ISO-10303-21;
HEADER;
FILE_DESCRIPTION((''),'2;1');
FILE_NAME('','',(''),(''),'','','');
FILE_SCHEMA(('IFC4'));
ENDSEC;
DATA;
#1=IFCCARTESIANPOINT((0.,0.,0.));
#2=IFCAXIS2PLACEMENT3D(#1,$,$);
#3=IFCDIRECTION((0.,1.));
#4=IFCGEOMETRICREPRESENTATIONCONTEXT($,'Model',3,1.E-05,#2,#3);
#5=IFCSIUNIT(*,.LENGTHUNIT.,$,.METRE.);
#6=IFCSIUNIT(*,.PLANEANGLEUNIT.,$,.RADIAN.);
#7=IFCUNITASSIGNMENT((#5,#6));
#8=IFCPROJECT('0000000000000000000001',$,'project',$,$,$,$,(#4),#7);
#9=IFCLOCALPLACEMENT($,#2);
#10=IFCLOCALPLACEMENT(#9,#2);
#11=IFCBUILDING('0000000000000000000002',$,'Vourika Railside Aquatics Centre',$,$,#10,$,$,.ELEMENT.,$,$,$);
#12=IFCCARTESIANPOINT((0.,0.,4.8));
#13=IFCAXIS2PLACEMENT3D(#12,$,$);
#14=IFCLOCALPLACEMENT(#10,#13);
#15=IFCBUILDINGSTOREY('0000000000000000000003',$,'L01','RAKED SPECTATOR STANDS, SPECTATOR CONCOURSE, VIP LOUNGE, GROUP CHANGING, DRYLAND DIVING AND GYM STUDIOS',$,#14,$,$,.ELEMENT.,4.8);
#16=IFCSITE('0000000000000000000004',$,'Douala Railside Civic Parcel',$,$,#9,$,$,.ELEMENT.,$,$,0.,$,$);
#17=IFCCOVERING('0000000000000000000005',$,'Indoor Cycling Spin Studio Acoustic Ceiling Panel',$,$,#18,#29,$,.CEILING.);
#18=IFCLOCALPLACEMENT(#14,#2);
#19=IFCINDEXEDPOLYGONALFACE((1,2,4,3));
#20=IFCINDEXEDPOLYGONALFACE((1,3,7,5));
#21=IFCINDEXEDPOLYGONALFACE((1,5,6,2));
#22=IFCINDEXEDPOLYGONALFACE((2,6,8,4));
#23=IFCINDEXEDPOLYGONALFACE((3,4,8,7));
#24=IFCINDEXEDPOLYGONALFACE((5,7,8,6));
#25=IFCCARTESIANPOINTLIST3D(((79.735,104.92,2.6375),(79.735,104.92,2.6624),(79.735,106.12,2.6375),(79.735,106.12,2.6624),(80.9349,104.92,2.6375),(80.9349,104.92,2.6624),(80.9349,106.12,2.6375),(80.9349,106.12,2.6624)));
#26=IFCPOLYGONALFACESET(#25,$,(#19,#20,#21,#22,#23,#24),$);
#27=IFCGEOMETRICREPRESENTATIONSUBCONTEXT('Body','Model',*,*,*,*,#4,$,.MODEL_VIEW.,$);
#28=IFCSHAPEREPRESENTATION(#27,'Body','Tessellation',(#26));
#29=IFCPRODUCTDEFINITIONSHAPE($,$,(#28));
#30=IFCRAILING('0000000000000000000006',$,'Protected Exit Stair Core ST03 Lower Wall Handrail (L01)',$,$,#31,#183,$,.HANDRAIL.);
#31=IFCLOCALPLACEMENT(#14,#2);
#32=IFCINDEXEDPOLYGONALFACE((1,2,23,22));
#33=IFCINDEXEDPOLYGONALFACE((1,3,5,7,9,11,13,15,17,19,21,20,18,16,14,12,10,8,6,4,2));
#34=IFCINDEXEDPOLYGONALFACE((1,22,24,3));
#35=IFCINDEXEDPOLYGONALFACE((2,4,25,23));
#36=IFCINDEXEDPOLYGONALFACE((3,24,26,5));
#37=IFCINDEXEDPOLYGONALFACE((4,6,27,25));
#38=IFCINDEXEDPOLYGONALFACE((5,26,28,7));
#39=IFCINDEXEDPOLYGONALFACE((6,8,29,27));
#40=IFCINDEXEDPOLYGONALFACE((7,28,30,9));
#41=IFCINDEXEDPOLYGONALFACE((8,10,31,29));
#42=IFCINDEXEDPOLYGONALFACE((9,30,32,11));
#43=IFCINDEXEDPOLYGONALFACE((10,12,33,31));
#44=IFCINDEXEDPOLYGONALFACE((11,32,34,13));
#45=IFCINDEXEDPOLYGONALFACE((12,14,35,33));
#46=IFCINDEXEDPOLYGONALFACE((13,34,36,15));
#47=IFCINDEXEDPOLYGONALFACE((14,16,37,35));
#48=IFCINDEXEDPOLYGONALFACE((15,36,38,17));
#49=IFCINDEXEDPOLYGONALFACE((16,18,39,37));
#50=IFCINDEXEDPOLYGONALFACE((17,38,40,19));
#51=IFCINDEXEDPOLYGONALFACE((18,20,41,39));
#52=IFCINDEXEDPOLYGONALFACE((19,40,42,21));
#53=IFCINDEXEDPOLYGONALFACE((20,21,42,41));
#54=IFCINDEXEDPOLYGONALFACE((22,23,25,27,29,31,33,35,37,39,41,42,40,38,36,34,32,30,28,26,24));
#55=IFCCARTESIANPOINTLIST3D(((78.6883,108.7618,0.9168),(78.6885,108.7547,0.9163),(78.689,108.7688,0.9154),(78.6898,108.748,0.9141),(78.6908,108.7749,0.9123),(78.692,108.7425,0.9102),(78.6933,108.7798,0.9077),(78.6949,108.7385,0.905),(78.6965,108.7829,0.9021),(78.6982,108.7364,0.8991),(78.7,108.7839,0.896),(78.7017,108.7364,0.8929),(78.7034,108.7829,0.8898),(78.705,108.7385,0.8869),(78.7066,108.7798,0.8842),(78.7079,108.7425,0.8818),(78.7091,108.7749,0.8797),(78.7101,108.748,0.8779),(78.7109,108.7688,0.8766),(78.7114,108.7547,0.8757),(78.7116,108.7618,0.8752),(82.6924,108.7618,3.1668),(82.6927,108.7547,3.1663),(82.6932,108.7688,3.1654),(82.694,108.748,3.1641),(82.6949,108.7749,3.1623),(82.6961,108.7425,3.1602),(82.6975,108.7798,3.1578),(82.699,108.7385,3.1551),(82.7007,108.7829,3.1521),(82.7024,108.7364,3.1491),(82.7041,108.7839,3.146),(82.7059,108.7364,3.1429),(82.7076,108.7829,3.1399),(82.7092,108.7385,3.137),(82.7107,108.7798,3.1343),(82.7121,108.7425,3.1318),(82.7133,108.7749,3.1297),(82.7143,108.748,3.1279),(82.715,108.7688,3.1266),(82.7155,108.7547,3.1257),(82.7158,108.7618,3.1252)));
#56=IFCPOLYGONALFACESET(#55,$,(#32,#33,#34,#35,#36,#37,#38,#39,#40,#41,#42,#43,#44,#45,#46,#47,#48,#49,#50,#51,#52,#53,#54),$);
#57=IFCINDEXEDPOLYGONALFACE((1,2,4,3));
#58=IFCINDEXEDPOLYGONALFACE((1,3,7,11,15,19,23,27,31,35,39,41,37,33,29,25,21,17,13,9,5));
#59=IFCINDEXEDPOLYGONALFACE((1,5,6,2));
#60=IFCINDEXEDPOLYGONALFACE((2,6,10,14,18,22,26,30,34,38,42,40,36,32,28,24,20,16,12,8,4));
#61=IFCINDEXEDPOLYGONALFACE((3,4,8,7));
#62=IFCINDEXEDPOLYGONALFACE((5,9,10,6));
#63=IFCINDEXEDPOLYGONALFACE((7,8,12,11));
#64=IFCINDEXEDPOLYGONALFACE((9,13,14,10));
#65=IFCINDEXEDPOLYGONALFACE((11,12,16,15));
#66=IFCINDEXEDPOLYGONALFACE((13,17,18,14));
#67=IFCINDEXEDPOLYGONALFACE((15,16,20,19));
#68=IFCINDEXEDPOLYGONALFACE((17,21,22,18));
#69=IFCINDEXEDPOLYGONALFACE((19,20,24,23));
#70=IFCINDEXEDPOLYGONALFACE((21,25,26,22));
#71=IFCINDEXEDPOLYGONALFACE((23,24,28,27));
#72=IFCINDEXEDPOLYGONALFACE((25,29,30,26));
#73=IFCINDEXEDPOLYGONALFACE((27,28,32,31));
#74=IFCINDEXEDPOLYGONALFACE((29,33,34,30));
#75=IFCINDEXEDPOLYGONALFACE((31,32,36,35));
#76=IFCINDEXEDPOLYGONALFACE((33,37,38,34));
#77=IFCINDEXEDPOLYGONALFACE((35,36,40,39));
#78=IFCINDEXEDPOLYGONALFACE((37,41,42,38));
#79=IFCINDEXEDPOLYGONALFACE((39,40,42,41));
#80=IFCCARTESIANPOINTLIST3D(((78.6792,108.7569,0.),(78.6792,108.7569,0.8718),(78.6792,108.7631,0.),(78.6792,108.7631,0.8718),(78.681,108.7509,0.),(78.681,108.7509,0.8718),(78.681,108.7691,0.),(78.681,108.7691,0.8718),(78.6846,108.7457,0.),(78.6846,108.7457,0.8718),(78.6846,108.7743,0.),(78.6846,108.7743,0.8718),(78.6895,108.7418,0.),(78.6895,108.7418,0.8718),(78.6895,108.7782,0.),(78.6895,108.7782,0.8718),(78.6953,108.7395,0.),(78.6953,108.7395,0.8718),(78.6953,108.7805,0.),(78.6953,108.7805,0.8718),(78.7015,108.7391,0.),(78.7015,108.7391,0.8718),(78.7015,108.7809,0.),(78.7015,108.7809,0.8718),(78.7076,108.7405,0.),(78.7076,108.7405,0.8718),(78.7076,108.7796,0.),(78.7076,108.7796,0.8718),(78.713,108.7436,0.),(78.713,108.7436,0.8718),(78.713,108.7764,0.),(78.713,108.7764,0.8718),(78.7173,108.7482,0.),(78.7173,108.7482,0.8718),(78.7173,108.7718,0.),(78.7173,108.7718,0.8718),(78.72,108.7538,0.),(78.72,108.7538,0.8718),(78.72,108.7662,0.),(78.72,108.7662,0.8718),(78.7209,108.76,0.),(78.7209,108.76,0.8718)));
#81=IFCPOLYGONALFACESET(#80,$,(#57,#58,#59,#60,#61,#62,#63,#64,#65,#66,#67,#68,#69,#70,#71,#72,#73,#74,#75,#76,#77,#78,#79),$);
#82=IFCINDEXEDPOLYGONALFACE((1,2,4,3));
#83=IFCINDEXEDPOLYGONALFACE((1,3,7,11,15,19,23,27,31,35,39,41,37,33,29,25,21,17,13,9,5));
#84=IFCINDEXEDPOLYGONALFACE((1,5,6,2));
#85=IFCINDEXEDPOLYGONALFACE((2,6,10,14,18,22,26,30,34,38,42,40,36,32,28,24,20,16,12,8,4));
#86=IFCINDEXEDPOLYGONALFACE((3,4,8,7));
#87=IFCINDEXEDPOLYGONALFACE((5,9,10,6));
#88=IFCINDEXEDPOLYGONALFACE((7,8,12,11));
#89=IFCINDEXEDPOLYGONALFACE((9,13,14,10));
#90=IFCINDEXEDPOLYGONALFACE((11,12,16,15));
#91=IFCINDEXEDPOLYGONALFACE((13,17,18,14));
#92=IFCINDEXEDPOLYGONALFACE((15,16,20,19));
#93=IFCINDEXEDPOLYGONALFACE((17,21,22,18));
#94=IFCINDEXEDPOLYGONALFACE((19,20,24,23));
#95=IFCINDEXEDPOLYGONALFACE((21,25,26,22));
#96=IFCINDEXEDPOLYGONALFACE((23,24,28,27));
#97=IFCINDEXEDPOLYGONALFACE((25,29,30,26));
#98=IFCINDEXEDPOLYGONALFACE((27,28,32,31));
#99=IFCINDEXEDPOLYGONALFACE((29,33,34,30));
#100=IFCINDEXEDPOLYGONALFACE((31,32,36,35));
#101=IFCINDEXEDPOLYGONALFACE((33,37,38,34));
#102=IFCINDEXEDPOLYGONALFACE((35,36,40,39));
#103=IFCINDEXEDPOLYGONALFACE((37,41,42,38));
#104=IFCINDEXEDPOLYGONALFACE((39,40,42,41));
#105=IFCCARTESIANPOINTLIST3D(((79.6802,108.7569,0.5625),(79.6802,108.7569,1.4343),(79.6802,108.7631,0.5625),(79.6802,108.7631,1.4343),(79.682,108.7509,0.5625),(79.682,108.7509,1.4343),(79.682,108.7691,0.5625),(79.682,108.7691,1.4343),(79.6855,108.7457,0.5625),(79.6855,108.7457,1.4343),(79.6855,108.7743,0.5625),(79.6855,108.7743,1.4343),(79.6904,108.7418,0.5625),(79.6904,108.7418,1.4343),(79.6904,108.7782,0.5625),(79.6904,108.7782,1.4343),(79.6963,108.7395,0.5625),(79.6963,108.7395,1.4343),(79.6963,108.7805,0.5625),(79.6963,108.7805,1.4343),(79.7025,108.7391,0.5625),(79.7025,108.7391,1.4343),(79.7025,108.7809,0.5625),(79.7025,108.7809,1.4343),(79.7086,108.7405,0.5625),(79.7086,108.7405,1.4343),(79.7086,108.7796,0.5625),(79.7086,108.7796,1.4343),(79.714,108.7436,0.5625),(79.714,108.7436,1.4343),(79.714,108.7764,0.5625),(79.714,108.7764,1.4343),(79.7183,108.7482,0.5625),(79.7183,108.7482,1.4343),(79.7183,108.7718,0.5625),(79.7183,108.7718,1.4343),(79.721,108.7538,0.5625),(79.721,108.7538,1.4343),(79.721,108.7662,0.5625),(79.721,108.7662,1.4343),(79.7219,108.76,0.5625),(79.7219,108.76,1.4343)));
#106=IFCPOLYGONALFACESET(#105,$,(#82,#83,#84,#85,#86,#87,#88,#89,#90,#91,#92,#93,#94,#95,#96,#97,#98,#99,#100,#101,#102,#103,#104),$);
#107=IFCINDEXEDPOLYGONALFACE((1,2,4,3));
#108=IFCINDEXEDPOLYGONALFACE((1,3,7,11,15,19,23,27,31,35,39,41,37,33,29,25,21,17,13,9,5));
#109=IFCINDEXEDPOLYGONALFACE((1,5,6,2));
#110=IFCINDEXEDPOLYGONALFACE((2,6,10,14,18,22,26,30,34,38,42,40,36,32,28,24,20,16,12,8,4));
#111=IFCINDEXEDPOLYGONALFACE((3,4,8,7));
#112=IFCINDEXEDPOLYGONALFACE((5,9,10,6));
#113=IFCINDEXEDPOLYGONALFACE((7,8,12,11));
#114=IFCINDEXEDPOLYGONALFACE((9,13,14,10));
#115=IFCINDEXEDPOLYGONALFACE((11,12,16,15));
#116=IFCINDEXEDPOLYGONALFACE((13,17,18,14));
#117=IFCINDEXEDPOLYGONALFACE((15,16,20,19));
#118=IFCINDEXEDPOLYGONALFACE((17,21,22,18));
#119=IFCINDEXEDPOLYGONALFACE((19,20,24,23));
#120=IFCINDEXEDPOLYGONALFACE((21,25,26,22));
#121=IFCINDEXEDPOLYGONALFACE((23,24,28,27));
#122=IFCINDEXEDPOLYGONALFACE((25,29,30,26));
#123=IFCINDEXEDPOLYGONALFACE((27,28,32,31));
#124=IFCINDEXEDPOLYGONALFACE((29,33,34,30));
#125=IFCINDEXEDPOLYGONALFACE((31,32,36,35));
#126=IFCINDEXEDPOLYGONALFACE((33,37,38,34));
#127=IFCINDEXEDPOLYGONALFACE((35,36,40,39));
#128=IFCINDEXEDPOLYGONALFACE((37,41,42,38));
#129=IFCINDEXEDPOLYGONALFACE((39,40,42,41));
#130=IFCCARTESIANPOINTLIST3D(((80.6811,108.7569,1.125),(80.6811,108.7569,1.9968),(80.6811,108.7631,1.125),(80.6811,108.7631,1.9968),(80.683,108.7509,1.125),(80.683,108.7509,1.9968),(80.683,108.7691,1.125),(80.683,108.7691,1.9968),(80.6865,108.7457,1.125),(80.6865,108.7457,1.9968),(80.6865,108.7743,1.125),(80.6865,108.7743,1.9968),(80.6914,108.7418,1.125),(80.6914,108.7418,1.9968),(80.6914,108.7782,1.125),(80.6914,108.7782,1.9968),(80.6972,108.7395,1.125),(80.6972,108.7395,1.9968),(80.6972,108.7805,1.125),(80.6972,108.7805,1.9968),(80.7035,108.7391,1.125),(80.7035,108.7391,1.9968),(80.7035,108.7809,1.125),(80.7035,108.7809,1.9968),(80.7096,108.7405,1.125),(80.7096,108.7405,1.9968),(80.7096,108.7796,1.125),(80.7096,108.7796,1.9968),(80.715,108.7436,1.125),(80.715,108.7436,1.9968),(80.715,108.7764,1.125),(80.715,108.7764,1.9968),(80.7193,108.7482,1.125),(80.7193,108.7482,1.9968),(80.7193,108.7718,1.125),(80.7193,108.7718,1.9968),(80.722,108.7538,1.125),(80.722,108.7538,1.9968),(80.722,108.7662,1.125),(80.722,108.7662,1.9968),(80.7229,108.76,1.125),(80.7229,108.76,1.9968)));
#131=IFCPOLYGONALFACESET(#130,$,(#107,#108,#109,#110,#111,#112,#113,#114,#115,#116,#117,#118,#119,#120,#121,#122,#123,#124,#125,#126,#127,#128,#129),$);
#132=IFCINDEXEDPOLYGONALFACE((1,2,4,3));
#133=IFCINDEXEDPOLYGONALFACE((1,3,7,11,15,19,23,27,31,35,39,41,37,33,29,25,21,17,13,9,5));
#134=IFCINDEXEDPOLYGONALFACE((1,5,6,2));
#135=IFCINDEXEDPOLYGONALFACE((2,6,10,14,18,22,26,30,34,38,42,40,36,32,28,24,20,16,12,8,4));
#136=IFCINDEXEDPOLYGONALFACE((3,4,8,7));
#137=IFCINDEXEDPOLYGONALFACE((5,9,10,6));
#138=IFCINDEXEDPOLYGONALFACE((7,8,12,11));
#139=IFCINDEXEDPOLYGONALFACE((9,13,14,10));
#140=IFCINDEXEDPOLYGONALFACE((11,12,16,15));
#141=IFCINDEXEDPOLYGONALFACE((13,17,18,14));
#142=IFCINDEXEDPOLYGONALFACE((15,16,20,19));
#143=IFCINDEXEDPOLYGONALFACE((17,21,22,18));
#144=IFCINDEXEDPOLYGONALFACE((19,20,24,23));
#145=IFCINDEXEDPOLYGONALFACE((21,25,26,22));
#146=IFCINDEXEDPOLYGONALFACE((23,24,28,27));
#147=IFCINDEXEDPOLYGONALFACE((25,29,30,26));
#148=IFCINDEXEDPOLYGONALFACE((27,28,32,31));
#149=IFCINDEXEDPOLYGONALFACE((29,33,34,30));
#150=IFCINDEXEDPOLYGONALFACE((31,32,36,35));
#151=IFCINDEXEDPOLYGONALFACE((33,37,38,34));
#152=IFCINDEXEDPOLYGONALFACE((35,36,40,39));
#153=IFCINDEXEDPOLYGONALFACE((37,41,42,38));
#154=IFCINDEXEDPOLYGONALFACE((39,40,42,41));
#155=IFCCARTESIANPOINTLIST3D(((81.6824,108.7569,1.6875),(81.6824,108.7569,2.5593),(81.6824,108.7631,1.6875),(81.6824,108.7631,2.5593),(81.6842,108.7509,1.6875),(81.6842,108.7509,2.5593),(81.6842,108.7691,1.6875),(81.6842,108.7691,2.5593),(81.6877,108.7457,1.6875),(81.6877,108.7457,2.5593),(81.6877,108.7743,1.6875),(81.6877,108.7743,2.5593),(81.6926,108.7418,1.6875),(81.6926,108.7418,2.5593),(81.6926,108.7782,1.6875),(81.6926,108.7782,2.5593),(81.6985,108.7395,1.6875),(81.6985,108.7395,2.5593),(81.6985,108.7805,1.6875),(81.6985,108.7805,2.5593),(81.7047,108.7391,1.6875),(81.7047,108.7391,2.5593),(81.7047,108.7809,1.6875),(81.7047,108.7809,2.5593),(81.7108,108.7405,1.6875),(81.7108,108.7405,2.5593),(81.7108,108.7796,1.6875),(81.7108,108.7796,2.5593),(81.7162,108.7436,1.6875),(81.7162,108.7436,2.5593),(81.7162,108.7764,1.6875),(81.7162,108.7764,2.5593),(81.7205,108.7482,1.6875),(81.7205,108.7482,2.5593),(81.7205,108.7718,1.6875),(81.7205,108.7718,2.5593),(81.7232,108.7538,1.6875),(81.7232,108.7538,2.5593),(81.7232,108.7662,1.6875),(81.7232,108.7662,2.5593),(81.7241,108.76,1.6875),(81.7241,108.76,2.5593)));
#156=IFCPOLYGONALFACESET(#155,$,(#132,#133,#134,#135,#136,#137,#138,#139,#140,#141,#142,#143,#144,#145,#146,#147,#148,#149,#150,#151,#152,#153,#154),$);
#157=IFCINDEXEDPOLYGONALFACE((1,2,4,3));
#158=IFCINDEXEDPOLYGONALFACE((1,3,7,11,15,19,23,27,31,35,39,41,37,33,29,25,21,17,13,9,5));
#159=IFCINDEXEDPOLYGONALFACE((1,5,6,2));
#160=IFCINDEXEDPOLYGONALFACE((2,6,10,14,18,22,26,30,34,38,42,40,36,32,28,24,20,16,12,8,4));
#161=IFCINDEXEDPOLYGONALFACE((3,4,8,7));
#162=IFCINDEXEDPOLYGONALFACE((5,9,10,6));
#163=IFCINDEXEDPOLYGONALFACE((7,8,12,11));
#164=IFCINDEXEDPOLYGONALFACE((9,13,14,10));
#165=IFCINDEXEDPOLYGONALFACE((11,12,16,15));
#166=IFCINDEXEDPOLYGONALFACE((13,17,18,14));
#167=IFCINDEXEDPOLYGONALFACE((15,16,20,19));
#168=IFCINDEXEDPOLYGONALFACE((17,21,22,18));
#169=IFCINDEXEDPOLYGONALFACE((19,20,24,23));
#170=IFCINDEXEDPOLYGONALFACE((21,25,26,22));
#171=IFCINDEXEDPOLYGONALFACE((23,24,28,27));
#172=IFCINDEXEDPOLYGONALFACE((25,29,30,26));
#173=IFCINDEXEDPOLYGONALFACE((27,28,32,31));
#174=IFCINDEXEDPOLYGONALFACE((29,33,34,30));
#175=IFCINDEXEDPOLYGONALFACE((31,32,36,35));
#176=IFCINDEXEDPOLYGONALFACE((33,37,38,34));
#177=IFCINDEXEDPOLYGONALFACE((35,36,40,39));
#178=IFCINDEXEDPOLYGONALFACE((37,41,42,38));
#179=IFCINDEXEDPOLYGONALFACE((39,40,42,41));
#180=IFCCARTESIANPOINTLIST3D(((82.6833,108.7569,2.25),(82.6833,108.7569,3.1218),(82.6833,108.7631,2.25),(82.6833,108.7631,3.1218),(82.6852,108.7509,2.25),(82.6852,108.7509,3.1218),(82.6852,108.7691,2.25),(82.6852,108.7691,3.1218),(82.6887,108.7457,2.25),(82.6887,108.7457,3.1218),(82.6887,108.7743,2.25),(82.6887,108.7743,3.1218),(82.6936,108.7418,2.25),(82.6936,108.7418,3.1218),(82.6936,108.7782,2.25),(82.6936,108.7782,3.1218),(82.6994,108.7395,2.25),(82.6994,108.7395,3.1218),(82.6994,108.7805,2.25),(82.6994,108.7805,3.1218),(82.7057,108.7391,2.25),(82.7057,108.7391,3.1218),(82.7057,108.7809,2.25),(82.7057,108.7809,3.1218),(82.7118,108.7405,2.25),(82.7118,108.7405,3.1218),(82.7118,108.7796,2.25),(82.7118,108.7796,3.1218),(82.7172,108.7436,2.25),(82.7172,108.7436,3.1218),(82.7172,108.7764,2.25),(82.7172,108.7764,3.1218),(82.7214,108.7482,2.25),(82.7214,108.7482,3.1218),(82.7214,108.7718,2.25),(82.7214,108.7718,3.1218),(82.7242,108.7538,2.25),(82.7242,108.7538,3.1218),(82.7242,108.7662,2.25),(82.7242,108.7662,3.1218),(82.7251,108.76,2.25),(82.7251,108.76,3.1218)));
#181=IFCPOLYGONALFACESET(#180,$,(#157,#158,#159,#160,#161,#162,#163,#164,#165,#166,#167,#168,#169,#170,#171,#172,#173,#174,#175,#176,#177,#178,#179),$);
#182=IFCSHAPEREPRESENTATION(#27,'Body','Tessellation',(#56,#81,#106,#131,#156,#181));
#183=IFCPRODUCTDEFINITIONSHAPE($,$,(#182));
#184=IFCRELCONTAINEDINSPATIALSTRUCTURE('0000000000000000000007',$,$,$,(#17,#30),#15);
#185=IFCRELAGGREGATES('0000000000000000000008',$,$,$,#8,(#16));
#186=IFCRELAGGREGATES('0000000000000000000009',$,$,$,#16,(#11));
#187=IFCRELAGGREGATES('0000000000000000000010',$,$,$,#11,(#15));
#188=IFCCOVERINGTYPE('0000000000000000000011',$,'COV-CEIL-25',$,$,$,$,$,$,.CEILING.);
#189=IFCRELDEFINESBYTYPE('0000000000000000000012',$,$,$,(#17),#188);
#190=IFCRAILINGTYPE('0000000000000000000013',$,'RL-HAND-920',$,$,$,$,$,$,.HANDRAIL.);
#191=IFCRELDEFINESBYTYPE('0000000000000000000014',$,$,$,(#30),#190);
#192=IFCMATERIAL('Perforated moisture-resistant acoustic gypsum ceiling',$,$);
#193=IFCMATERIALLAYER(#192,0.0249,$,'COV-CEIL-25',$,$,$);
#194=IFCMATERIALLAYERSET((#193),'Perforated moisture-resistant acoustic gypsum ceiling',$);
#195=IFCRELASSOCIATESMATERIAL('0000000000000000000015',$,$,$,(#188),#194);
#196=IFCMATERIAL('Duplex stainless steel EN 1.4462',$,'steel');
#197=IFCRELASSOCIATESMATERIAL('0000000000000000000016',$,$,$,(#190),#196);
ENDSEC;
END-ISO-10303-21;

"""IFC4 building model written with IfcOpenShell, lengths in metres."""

from ifc_helpers import new_model, si_unit, direction, frame, origin, origin_2d, place, context, subcontext, project, spatial, rectangle, circle, extrude, material, layer, layer_set, type_object, element, save


model = new_model("IFC4")

# Units and contexts
model_context = context("Model", 3, precision=1e-05, world=origin(), true_north=direction((0.0, 1.0)))
body_context = subcontext(model_context, "Body", "Model", "MODEL_VIEW")
ifc_project = project(units=[si_unit("LENGTHUNIT", "METRE"), si_unit("PLANEANGLEUNIT", "RADIAN")], contexts=[model_context])

# Site, building, storey
site_placement = place(None, origin())
site = spatial("IfcSite", under=ifc_project, at=site_placement, Name="Douala Railside Civic Parcel", CompositionType="ELEMENT", RefElevation=0.0)
building_placement = place(site_placement, origin())
building = spatial("IfcBuilding", under=site, at=building_placement, Name="Vourika Railside Aquatics Centre", CompositionType="ELEMENT")
storey_placement = place(building_placement, frame((0.0, 0.0, 4.8)))
storey = spatial("IfcBuildingStorey", under=building, at=storey_placement, Name="L01", Description="RAKED SPECTATOR STANDS, SPECTATOR CONCOURSE, VIP LOUNGE, GROUP CHANGING, DRYLAND DIVING AND GYM STUDIOS", CompositionType="ELEMENT", Elevation=4.8)

# Covering
ifc_material_1 = material(Name="Perforated moisture-resistant acoustic gypsum ceiling")
ifc_layer_1 = layer(ifc_material_1, 0.0249, Name="COV-CEIL-25")
ifc_layer_set_1 = layer_set([ifc_layer_1], Name="Perforated moisture-resistant acoustic gypsum ceiling")
covering_type = type_object("IfcCoveringType", Name="COV-CEIL-25", PredefinedType="CEILING", material=ifc_layer_set_1)
covering_placement = place(storey_placement, frame((80.335, 105.52, 2.6375), z_axis=(0.0, 0.0, 1.0), x_axis=(1.0, 0.0, 0.0)))
element("IfcCovering", 1, at=covering_placement, inside=storey, type_object=covering_type, Name="Indoor Cycling Spin Studio Acoustic Ceiling Panel", PredefinedType="CEILING", context=body_context, shape_type="SweptSolid", body=[
    extrude(rectangle(XDim=1.2, YDim=1.2, at=origin_2d()), origin(), (0.0, 0.0, 1.0), 0.0249),
])

# Railing
ifc_material_2 = material(Name="Duplex stainless steel EN 1.4462", Category="steel")
railing_type_1 = type_object("IfcRailingType", Name="RL-HAND-920", PredefinedType="HANDRAIL", material=ifc_material_2)
railing_1_placement = place(storey_placement, frame((78.7, 108.76, 0.0)))
element("IfcRailing", 2, at=railing_1_placement, inside=storey, type_object=railing_type_1, Name="Protected Exit Stair Core ST03 Lower Wall Handrail (L01)", PredefinedType="HANDRAIL", context=body_context, shape_type="SweptSolid", body=[
    extrude(circle(Radius=0.0239, at=origin_2d()), frame((0.0, 0.0, 0.896), z_axis=(0.871793, 0.0, 0.489875), x_axis=(0.0, 1.0, 0.0)), (0.0, 0.0, 1.0), 4.593),
    extrude(circle(Radius=0.021, at=origin_2d()), origin(), (0.0, 0.0, 1.0), 0.8718),
    extrude(circle(Radius=0.021, at=origin_2d()), frame((1.001, 0.0, 0.5625)), (0.0, 0.0, 1.0), 0.8718),
    extrude(circle(Radius=0.021, at=origin_2d()), frame((2.002, 0.0, 1.125)), (0.0, 0.0, 1.0), 0.8718),
    extrude(circle(Radius=0.021, at=origin_2d()), frame((3.0032, 0.0, 1.6875)), (0.0, 0.0, 1.0), 0.8718),
    extrude(circle(Radius=0.021, at=origin_2d()), frame((4.0042, 0.0, 2.25)), (0.0, 0.0, 1.0), 0.8718),
])

save(model, "model.ifc")
